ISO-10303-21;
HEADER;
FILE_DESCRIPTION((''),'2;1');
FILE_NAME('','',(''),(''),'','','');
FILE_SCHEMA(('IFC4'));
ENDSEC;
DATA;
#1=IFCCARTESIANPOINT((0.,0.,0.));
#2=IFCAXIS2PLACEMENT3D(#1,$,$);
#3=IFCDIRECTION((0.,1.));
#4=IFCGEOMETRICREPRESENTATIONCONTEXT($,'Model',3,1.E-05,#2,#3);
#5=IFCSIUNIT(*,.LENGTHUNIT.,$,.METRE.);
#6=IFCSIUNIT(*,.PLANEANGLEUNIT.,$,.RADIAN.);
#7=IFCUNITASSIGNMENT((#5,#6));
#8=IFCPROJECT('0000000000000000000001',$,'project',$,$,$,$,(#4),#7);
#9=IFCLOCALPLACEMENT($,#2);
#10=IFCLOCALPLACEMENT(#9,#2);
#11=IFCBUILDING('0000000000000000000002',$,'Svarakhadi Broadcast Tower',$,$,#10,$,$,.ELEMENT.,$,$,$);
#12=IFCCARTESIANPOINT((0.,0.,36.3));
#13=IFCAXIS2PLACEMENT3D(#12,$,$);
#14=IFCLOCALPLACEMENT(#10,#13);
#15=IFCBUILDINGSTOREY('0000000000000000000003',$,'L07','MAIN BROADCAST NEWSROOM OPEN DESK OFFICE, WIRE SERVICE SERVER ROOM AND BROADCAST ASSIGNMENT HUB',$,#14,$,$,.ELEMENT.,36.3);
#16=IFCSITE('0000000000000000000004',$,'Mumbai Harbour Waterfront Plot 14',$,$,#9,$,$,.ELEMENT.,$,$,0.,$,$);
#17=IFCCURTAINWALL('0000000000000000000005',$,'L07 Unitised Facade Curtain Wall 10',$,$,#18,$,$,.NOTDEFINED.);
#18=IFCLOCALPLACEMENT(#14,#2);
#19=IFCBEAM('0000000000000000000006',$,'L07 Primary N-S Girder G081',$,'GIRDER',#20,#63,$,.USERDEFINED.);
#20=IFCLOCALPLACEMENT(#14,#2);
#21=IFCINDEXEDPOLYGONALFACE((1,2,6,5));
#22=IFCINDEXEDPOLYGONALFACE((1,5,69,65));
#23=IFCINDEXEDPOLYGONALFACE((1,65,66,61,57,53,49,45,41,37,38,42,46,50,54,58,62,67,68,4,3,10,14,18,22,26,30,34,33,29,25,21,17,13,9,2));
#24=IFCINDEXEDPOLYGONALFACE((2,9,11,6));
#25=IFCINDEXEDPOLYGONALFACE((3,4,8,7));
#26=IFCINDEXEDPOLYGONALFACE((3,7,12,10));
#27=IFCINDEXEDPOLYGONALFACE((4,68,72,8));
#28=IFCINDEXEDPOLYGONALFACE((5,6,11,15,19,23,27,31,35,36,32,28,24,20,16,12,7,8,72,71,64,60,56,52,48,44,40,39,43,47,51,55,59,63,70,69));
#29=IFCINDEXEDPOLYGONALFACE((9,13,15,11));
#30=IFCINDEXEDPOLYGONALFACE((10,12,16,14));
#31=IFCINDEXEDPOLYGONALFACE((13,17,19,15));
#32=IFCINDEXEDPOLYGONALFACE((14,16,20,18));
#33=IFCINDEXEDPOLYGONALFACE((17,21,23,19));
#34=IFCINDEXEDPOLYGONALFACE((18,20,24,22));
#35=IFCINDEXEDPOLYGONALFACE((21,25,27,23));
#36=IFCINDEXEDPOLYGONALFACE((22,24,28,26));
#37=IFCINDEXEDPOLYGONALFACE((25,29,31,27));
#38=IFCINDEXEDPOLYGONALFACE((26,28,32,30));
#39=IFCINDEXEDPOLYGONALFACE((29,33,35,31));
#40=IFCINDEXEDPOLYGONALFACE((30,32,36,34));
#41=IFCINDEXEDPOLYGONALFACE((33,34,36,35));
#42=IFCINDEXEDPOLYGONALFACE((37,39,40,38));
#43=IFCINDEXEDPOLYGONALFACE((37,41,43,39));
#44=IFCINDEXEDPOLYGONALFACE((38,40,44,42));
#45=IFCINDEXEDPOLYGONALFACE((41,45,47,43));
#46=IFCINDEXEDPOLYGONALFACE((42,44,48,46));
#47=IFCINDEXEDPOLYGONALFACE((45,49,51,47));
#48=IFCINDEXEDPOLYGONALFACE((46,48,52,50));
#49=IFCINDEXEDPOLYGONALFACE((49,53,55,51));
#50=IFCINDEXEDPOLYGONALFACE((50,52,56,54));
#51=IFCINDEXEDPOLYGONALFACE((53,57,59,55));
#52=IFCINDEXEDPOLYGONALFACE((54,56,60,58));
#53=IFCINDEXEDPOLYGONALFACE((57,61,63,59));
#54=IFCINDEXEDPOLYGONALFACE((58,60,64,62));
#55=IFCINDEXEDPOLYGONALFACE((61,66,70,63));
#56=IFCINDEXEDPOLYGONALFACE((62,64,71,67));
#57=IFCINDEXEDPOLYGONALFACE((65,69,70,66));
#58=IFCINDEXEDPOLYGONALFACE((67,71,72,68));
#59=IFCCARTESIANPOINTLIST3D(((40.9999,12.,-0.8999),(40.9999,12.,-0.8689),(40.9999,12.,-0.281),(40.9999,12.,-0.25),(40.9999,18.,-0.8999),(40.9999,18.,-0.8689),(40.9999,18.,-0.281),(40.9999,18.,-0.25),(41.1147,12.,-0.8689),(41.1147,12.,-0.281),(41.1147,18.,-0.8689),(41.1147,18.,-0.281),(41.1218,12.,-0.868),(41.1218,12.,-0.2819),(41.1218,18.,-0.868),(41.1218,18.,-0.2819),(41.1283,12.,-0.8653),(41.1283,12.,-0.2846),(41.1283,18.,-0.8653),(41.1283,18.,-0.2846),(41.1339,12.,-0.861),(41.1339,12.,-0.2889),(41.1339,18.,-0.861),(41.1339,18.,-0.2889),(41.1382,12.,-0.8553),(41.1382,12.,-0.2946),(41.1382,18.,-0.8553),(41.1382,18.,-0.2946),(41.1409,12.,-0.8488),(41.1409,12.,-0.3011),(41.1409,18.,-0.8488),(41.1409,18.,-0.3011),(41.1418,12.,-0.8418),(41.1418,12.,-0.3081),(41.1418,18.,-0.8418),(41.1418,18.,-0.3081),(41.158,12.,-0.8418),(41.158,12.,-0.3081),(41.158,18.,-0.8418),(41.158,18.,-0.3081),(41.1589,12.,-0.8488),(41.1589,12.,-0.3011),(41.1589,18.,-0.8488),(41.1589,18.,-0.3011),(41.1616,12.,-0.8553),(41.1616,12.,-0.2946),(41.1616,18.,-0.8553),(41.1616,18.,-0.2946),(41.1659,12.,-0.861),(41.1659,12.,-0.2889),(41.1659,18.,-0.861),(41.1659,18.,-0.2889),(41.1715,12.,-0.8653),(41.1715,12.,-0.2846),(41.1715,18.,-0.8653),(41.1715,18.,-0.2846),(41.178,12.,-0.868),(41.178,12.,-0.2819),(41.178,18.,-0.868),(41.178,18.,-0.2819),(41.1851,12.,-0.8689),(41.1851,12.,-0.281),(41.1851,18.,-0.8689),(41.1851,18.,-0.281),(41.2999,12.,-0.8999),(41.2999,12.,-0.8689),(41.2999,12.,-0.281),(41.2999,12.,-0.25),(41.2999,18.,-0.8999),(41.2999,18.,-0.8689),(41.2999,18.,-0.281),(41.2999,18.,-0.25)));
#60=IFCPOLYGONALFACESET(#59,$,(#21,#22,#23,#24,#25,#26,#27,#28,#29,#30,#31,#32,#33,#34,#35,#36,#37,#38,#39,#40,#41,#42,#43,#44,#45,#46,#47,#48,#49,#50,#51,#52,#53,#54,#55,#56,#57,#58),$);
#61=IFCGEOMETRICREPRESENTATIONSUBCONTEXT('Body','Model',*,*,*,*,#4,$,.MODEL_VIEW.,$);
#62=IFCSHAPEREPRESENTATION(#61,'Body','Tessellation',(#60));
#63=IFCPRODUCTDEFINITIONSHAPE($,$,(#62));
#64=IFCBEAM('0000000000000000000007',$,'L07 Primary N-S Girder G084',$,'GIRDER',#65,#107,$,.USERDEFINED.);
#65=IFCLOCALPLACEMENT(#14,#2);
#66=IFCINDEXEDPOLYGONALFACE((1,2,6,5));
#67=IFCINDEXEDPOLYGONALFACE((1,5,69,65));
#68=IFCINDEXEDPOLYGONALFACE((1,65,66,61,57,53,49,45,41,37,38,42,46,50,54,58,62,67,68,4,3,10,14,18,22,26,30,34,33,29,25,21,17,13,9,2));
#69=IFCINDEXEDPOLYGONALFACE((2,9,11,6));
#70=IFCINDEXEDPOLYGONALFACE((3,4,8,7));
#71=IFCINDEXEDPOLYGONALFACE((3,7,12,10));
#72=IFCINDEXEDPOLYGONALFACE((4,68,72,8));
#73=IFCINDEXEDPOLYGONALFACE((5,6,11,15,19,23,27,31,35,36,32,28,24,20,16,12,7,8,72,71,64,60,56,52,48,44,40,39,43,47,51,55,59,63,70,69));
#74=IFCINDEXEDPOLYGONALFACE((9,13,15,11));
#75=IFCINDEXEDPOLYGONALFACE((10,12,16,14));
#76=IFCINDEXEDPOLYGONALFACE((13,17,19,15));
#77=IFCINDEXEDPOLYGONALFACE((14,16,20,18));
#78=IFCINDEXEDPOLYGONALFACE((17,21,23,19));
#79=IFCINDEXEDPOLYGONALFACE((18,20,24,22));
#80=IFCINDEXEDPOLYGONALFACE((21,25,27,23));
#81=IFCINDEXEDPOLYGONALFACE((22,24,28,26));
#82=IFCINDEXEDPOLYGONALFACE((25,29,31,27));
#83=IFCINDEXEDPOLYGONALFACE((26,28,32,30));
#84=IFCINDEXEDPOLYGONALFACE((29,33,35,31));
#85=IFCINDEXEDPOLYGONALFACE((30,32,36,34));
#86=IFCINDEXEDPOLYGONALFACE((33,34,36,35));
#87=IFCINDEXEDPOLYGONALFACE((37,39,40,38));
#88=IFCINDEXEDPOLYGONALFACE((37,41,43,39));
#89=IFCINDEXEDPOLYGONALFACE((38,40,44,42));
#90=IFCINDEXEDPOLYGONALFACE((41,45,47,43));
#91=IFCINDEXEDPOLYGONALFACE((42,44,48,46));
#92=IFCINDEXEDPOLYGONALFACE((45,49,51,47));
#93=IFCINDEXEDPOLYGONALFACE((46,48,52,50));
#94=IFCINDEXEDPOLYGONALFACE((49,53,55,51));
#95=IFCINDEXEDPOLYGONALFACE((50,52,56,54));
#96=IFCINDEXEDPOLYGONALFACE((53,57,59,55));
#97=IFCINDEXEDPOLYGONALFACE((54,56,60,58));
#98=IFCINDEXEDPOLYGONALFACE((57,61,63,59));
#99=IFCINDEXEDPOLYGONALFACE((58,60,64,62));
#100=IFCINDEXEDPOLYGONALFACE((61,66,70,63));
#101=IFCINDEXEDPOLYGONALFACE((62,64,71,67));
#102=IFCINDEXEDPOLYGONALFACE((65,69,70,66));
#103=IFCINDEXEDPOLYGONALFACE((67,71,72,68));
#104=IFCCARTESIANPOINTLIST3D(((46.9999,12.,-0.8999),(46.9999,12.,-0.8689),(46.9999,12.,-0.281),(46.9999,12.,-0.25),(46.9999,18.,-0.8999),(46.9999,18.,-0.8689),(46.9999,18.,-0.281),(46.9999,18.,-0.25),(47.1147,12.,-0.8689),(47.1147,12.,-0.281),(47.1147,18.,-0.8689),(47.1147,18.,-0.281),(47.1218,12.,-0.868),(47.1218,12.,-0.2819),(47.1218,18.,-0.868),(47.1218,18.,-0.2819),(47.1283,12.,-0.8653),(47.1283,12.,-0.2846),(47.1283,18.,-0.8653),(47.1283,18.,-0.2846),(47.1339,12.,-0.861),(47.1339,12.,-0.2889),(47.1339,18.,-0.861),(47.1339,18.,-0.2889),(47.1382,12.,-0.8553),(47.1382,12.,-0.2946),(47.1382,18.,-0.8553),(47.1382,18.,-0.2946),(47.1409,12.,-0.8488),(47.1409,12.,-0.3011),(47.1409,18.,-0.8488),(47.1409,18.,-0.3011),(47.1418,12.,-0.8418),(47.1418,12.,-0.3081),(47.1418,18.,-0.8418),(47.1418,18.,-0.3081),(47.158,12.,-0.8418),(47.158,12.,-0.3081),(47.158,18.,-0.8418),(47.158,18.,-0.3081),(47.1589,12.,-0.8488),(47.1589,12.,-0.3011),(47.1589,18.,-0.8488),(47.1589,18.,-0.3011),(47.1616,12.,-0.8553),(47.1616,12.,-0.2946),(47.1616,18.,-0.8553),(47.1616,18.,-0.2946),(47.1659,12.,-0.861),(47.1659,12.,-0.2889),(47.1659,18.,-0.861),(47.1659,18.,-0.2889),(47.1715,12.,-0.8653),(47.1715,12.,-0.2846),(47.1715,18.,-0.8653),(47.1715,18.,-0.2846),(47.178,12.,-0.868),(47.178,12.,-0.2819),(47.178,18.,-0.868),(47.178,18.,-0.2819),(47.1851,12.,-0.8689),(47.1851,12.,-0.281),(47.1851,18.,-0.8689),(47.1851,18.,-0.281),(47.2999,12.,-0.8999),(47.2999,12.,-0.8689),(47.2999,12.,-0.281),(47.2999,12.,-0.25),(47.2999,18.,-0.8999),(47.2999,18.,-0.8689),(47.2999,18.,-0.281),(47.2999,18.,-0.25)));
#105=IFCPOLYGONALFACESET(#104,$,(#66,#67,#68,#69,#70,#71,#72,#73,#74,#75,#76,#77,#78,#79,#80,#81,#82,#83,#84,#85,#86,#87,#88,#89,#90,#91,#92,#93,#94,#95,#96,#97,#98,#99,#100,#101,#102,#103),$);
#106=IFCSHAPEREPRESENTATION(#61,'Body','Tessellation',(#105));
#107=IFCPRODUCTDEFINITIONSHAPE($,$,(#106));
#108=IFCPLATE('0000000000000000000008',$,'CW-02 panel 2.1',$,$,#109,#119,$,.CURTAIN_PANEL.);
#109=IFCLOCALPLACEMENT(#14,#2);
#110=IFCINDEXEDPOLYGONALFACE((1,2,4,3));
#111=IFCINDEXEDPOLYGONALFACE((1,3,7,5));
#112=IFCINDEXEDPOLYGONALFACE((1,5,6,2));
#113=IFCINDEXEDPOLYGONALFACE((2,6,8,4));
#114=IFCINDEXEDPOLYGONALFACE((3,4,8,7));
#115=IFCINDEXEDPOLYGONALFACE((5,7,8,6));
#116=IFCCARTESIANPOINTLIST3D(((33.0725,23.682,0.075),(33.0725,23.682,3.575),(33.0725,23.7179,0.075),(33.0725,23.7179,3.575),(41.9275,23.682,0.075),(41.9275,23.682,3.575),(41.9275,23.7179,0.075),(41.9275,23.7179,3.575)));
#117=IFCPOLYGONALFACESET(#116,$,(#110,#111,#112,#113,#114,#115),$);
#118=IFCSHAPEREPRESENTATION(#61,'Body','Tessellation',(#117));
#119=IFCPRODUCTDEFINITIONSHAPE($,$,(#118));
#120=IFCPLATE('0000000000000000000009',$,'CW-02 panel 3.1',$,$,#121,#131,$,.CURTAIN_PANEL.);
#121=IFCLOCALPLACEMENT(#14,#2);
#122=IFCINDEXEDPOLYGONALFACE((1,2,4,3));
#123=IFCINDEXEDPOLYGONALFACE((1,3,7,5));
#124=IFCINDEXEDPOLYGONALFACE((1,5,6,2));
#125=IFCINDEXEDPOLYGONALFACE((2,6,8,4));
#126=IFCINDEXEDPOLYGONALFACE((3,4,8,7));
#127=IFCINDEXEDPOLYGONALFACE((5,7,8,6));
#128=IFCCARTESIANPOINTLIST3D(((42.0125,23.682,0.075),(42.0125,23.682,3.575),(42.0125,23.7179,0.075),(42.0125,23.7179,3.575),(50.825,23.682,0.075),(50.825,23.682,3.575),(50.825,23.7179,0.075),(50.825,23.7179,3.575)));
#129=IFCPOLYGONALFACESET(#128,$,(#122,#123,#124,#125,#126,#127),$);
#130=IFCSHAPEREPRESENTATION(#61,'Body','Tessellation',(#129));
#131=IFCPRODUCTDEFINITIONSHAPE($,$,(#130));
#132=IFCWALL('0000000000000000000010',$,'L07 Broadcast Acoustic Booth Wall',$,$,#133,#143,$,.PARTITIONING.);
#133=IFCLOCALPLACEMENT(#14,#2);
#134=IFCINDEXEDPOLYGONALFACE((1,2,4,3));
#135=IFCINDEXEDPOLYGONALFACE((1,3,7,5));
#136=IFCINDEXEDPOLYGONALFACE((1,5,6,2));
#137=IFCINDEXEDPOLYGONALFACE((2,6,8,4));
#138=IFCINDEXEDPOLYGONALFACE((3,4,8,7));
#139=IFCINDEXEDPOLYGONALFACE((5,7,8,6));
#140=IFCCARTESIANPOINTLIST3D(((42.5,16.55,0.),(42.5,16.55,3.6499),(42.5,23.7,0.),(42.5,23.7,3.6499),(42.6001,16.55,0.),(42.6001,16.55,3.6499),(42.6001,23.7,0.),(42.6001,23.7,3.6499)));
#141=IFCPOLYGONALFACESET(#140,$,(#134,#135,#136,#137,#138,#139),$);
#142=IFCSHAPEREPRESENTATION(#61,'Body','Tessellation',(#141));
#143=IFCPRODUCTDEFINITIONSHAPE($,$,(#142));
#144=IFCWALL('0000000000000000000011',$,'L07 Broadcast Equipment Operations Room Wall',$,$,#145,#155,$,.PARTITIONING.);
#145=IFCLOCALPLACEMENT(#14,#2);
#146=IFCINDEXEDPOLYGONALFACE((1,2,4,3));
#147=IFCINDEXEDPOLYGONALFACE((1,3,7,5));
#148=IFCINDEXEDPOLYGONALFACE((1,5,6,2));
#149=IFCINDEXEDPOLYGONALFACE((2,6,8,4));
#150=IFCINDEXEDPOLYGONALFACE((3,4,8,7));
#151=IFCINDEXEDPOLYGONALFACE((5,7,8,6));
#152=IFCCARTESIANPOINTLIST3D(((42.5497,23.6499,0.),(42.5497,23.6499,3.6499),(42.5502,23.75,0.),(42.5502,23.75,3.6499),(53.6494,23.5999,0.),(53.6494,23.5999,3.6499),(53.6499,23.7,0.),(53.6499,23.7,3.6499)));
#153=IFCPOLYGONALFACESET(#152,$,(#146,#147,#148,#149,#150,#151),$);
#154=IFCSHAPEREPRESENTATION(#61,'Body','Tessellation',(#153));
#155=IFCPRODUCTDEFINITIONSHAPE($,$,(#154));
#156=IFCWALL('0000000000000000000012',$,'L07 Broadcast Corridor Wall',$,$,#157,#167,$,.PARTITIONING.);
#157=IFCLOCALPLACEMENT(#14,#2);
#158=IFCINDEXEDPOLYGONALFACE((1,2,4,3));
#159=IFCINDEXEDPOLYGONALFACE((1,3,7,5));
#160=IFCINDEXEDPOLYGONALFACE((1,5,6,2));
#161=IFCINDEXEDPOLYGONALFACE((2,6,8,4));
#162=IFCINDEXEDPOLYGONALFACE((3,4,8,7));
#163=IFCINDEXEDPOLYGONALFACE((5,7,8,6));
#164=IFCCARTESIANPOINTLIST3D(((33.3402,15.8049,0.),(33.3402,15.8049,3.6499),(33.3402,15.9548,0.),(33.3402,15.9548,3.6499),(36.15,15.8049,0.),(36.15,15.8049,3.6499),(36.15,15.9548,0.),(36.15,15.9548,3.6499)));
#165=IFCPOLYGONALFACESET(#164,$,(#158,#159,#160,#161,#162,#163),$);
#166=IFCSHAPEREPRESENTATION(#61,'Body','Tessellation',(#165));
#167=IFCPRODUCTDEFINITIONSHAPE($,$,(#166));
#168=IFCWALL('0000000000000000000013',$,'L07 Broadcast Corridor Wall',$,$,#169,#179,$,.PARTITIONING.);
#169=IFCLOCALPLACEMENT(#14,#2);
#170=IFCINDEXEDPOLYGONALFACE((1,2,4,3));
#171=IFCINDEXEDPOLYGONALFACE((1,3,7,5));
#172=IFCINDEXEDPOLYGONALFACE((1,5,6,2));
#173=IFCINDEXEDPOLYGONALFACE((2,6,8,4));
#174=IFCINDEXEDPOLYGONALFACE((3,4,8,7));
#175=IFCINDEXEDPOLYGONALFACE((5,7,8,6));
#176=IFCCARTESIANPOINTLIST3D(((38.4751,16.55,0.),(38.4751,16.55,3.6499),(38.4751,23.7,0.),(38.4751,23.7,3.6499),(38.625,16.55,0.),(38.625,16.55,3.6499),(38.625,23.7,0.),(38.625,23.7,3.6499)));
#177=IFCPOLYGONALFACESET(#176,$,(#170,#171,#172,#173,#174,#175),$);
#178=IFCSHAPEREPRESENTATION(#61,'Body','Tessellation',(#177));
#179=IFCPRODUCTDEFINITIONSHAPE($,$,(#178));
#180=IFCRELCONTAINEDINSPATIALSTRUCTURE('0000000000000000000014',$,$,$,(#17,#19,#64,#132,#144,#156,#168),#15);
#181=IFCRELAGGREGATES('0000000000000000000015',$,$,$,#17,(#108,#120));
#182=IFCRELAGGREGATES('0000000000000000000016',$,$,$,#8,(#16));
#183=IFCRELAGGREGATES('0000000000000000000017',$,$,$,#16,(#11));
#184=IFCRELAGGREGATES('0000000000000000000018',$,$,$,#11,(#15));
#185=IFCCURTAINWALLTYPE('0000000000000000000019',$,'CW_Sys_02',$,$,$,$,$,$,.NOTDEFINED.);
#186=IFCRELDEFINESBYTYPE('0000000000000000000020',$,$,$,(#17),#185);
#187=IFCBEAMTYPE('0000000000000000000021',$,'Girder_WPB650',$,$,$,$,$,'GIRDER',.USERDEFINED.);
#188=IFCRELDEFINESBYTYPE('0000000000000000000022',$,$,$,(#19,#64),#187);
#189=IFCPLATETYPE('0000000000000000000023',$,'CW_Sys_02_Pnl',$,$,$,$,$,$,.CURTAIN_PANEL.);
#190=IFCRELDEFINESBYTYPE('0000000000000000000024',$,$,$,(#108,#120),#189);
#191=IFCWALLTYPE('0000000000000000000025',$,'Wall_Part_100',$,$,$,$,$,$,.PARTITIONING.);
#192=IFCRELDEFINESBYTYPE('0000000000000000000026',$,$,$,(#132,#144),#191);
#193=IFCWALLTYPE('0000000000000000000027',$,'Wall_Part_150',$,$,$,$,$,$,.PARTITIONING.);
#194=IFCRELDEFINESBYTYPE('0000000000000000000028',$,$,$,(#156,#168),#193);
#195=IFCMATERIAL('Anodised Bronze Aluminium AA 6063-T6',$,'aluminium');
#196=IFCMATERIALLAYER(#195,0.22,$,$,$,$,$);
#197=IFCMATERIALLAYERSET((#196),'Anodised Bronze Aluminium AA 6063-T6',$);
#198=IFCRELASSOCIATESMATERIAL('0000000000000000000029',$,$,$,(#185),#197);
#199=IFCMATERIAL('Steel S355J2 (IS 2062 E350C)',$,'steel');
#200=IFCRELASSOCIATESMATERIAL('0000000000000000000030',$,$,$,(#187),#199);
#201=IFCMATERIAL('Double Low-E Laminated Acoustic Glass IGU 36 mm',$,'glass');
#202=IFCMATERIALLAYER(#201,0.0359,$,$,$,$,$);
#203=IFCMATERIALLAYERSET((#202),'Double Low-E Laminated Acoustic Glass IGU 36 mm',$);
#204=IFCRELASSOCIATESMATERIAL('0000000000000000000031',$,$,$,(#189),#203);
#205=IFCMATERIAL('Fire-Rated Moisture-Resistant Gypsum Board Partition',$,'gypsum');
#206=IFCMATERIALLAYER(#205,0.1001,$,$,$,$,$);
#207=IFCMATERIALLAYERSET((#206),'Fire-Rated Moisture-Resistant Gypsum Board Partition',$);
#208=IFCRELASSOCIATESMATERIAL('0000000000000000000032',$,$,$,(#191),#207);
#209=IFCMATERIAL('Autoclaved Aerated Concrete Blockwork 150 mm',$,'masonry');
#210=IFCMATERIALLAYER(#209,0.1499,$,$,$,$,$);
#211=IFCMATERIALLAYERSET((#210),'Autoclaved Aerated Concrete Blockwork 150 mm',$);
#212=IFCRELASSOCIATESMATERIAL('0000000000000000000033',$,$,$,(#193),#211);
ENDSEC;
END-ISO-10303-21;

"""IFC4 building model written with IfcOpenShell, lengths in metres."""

from ifc_helpers import new_model, si_unit, direction, frame, frame_2d, origin, origin_2d, place, context, subcontext, project, spatial, rectangle, i_section, extrude, material, layer, layer_set, material_profile, profile_set, type_object, element, aggregate, save


model = new_model("IFC4")

# Units and contexts
model_context = context("Model", 3, precision=1e-05, world=origin(), true_north=direction((0.0, 1.0)))
body_context = subcontext(model_context, "Body", "Model", "MODEL_VIEW")
ifc_project = project(units=[si_unit("LENGTHUNIT", "METRE"), si_unit("PLANEANGLEUNIT", "RADIAN")], contexts=[model_context])

# Site, building, storey
site_placement = place(None, origin())
site = spatial("IfcSite", under=ifc_project, at=site_placement, Name="Mumbai Harbour Waterfront Plot 14", CompositionType="ELEMENT", RefElevation=0.0)
building_placement = place(site_placement, origin())
building = spatial("IfcBuilding", under=site, at=building_placement, Name="Svarakhadi Broadcast Tower", CompositionType="ELEMENT")
storey_placement = place(building_placement, frame((0.0, 0.0, 36.3)))
storey = spatial("IfcBuildingStorey", under=building, at=storey_placement, Name="L07", Description="MAIN BROADCAST NEWSROOM OPEN DESK OFFICE, WIRE SERVICE SERVER ROOM AND BROADCAST ASSIGNMENT HUB", CompositionType="ELEMENT", Elevation=36.3)

# Shared definitions
ifc_material_1 = material(Name="Steel S355J2 (IS 2062 E350C)", Category="steel")

# Curtain wall
ifc_material_2 = material(Name="Anodised Bronze Aluminium AA 6063-T6", Category="aluminium")
ifc_layer_1 = layer(ifc_material_2, 0.22)
ifc_layer_set_1 = layer_set([ifc_layer_1], Name="Anodised Bronze Aluminium AA 6063-T6")
curtain_wall_type = type_object("IfcCurtainWallType", Name="CW_Sys_02", PredefinedType="NOTDEFINED", material=ifc_layer_set_1)
curtain_wall_1_placement = place(storey_placement, origin())
curtain_wall_1 = element("IfcCurtainWall", 1, at=curtain_wall_1_placement, inside=storey, type_object=curtain_wall_type, Name="L07 Unitised Facade Curtain Wall 10", PredefinedType="NOTDEFINED")

# Beams
ifc_material_profile_1 = material_profile(ifc_material_1, i_section(OverallWidth=0.3, OverallDepth=0.6499, WebThickness=0.0161, FlangeThickness=0.031, FilletRadius=0.0271, at=origin_2d()), Name="WPB 650x300x225")
ifc_profile_set_1 = profile_set([ifc_material_profile_1], Name="Steel S355J2 (IS 2062 E350C)")
beam_type_1 = type_object("IfcBeamType", Name="Girder_WPB650", ElementType="GIRDER", PredefinedType="USERDEFINED", material=ifc_profile_set_1)
for number, where, z_axis, x_axis, name in (
    (2, (41.1499, 12.0, -0.575), (0.0, 1.0, 0.0), (-1.0, 0.0, 0.0), "L07 Primary N-S Girder G081"),
    (3, (47.1499, 12.0, -0.575), (0.0, 1.0, 0.0), (-1.0, 0.0, 0.0), "L07 Primary N-S Girder G084"),
):
    element("IfcBeam", number, at=place(storey_placement, frame(where, z_axis=z_axis, x_axis=x_axis)), inside=storey, type_object=beam_type_1, Name=name, ObjectType="GIRDER", PredefinedType="USERDEFINED", context=body_context, shape_type="SweptSolid", body=[
        extrude(i_section(OverallWidth=0.3, OverallDepth=0.6499, WebThickness=0.0161, FlangeThickness=0.031, FilletRadius=0.0271, at=origin_2d()), origin(), (0.0, 0.0, 1.0), 6.0),
    ])

# Plates
ifc_material_3 = material(Name="Double Low-E Laminated Acoustic Glass IGU 36 mm", Category="glass")
ifc_layer_2 = layer(ifc_material_3, 0.0359)
ifc_layer_set_2 = layer_set([ifc_layer_2], Name="Double Low-E Laminated Acoustic Glass IGU 36 mm")
plate_type = type_object("IfcPlateType", Name="CW_Sys_02_Pnl", PredefinedType="CURTAIN_PANEL", material=ifc_layer_set_2)
plate_1_placement = place(storey_placement, frame((37.5, 23.7, 0.075), z_axis=(0.0, 0.0, 1.0), x_axis=(1.0, 0.0, 0.0)))
plate_1 = element("IfcPlate", 4, at=plate_1_placement, type_object=plate_type, Name="CW-02 panel 2.1", PredefinedType="CURTAIN_PANEL", context=body_context, shape_type="SweptSolid", body=[
    extrude(rectangle(XDim=8.855, YDim=0.0359, at=origin_2d()), origin(), (0.0, 0.0, 1.0), 3.5),
])
plate_2_placement = place(storey_placement, frame((46.4187, 23.7, 0.075), z_axis=(0.0, 0.0, 1.0), x_axis=(1.0, 0.0, 0.0)))
plate_2 = element("IfcPlate", 5, at=plate_2_placement, type_object=plate_type, Name="CW-02 panel 3.1", PredefinedType="CURTAIN_PANEL", context=body_context, shape_type="SweptSolid", body=[
    extrude(rectangle(XDim=8.8125, YDim=0.0359, at=origin_2d()), origin(), (0.0, 0.0, 1.0), 3.5),
])
aggregate(curtain_wall_1, [plate_1, plate_2])

# Walls
ifc_material_4 = material(Name="Fire-Rated Moisture-Resistant Gypsum Board Partition", Category="gypsum")
ifc_layer_3 = layer(ifc_material_4, 0.1001)
ifc_layer_set_3 = layer_set([ifc_layer_3], Name="Fire-Rated Moisture-Resistant Gypsum Board Partition")
wall_type_1 = type_object("IfcWallType", Name="Wall_Part_100", PredefinedType="PARTITIONING", material=ifc_layer_set_3)
wall_1_placement = place(storey_placement, frame((42.55, 16.55, 0.0), z_axis=(0.0, 0.0, 1.0), x_axis=(0.0, 1.0, 0.0)))
element("IfcWall", 6, at=wall_1_placement, inside=storey, type_object=wall_type_1, Name="L07 Broadcast Acoustic Booth Wall", PredefinedType="PARTITIONING", context=body_context, shape_type="SweptSolid", body=[
    extrude(rectangle(XDim=7.1499, YDim=0.1001, at=frame_2d((3.575, 0.0))), origin(), (0.0, 0.0, 1.0), 3.6499),
])
wall_2_placement = place(storey_placement, frame((42.55, 23.7, 0.0), z_axis=(0.0, 0.0, 1.0), x_axis=(0.99999, -0.004509, 0.0)))
element("IfcWall", 7, at=wall_2_placement, inside=storey, type_object=wall_type_1, Name="L07 Broadcast Equipment Operations Room Wall", PredefinedType="PARTITIONING", context=body_context, shape_type="SweptSolid", body=[
    extrude(rectangle(XDim=11.0999, YDim=0.1001, at=frame_2d((5.5498, 0.0))), origin(), (0.0, 0.0, 1.0), 3.6499),
])
ifc_material_5 = material(Name="Autoclaved Aerated Concrete Blockwork 150 mm", Category="masonry")
ifc_layer_4 = layer(ifc_material_5, 0.1499)
ifc_layer_set_4 = layer_set([ifc_layer_4], Name="Autoclaved Aerated Concrete Blockwork 150 mm")
wall_type_2 = type_object("IfcWallType", Name="Wall_Part_150", PredefinedType="PARTITIONING", material=ifc_layer_set_4)
wall_3_placement = place(storey_placement, frame((36.1499, 15.8799, 0.0), z_axis=(0.0, 0.0, 1.0), x_axis=(-1.0, 0.0, 0.0)))
element("IfcWall", 8, at=wall_3_placement, inside=storey, type_object=wall_type_2, Name="L07 Broadcast Corridor Wall", PredefinedType="PARTITIONING", context=body_context, shape_type="SweptSolid", body=[
    extrude(rectangle(XDim=2.8098, YDim=0.1499, at=frame_2d((1.4048, 0.0))), origin(), (0.0, 0.0, 1.0), 3.6499),
])
wall_4_placement = place(storey_placement, frame((38.55, 23.7, 0.0), z_axis=(0.0, 0.0, 1.0), x_axis=(0.0, -1.0, 0.0)))
element("IfcWall", 9, at=wall_4_placement, inside=storey, type_object=wall_type_2, Name="L07 Broadcast Corridor Wall", PredefinedType="PARTITIONING", context=body_context, shape_type="SweptSolid", body=[
    extrude(rectangle(XDim=7.1499, YDim=0.1499, at=frame_2d((3.575, 0.0))), origin(), (0.0, 0.0, 1.0), 3.6499),
])

save(model, "model.ifc")
